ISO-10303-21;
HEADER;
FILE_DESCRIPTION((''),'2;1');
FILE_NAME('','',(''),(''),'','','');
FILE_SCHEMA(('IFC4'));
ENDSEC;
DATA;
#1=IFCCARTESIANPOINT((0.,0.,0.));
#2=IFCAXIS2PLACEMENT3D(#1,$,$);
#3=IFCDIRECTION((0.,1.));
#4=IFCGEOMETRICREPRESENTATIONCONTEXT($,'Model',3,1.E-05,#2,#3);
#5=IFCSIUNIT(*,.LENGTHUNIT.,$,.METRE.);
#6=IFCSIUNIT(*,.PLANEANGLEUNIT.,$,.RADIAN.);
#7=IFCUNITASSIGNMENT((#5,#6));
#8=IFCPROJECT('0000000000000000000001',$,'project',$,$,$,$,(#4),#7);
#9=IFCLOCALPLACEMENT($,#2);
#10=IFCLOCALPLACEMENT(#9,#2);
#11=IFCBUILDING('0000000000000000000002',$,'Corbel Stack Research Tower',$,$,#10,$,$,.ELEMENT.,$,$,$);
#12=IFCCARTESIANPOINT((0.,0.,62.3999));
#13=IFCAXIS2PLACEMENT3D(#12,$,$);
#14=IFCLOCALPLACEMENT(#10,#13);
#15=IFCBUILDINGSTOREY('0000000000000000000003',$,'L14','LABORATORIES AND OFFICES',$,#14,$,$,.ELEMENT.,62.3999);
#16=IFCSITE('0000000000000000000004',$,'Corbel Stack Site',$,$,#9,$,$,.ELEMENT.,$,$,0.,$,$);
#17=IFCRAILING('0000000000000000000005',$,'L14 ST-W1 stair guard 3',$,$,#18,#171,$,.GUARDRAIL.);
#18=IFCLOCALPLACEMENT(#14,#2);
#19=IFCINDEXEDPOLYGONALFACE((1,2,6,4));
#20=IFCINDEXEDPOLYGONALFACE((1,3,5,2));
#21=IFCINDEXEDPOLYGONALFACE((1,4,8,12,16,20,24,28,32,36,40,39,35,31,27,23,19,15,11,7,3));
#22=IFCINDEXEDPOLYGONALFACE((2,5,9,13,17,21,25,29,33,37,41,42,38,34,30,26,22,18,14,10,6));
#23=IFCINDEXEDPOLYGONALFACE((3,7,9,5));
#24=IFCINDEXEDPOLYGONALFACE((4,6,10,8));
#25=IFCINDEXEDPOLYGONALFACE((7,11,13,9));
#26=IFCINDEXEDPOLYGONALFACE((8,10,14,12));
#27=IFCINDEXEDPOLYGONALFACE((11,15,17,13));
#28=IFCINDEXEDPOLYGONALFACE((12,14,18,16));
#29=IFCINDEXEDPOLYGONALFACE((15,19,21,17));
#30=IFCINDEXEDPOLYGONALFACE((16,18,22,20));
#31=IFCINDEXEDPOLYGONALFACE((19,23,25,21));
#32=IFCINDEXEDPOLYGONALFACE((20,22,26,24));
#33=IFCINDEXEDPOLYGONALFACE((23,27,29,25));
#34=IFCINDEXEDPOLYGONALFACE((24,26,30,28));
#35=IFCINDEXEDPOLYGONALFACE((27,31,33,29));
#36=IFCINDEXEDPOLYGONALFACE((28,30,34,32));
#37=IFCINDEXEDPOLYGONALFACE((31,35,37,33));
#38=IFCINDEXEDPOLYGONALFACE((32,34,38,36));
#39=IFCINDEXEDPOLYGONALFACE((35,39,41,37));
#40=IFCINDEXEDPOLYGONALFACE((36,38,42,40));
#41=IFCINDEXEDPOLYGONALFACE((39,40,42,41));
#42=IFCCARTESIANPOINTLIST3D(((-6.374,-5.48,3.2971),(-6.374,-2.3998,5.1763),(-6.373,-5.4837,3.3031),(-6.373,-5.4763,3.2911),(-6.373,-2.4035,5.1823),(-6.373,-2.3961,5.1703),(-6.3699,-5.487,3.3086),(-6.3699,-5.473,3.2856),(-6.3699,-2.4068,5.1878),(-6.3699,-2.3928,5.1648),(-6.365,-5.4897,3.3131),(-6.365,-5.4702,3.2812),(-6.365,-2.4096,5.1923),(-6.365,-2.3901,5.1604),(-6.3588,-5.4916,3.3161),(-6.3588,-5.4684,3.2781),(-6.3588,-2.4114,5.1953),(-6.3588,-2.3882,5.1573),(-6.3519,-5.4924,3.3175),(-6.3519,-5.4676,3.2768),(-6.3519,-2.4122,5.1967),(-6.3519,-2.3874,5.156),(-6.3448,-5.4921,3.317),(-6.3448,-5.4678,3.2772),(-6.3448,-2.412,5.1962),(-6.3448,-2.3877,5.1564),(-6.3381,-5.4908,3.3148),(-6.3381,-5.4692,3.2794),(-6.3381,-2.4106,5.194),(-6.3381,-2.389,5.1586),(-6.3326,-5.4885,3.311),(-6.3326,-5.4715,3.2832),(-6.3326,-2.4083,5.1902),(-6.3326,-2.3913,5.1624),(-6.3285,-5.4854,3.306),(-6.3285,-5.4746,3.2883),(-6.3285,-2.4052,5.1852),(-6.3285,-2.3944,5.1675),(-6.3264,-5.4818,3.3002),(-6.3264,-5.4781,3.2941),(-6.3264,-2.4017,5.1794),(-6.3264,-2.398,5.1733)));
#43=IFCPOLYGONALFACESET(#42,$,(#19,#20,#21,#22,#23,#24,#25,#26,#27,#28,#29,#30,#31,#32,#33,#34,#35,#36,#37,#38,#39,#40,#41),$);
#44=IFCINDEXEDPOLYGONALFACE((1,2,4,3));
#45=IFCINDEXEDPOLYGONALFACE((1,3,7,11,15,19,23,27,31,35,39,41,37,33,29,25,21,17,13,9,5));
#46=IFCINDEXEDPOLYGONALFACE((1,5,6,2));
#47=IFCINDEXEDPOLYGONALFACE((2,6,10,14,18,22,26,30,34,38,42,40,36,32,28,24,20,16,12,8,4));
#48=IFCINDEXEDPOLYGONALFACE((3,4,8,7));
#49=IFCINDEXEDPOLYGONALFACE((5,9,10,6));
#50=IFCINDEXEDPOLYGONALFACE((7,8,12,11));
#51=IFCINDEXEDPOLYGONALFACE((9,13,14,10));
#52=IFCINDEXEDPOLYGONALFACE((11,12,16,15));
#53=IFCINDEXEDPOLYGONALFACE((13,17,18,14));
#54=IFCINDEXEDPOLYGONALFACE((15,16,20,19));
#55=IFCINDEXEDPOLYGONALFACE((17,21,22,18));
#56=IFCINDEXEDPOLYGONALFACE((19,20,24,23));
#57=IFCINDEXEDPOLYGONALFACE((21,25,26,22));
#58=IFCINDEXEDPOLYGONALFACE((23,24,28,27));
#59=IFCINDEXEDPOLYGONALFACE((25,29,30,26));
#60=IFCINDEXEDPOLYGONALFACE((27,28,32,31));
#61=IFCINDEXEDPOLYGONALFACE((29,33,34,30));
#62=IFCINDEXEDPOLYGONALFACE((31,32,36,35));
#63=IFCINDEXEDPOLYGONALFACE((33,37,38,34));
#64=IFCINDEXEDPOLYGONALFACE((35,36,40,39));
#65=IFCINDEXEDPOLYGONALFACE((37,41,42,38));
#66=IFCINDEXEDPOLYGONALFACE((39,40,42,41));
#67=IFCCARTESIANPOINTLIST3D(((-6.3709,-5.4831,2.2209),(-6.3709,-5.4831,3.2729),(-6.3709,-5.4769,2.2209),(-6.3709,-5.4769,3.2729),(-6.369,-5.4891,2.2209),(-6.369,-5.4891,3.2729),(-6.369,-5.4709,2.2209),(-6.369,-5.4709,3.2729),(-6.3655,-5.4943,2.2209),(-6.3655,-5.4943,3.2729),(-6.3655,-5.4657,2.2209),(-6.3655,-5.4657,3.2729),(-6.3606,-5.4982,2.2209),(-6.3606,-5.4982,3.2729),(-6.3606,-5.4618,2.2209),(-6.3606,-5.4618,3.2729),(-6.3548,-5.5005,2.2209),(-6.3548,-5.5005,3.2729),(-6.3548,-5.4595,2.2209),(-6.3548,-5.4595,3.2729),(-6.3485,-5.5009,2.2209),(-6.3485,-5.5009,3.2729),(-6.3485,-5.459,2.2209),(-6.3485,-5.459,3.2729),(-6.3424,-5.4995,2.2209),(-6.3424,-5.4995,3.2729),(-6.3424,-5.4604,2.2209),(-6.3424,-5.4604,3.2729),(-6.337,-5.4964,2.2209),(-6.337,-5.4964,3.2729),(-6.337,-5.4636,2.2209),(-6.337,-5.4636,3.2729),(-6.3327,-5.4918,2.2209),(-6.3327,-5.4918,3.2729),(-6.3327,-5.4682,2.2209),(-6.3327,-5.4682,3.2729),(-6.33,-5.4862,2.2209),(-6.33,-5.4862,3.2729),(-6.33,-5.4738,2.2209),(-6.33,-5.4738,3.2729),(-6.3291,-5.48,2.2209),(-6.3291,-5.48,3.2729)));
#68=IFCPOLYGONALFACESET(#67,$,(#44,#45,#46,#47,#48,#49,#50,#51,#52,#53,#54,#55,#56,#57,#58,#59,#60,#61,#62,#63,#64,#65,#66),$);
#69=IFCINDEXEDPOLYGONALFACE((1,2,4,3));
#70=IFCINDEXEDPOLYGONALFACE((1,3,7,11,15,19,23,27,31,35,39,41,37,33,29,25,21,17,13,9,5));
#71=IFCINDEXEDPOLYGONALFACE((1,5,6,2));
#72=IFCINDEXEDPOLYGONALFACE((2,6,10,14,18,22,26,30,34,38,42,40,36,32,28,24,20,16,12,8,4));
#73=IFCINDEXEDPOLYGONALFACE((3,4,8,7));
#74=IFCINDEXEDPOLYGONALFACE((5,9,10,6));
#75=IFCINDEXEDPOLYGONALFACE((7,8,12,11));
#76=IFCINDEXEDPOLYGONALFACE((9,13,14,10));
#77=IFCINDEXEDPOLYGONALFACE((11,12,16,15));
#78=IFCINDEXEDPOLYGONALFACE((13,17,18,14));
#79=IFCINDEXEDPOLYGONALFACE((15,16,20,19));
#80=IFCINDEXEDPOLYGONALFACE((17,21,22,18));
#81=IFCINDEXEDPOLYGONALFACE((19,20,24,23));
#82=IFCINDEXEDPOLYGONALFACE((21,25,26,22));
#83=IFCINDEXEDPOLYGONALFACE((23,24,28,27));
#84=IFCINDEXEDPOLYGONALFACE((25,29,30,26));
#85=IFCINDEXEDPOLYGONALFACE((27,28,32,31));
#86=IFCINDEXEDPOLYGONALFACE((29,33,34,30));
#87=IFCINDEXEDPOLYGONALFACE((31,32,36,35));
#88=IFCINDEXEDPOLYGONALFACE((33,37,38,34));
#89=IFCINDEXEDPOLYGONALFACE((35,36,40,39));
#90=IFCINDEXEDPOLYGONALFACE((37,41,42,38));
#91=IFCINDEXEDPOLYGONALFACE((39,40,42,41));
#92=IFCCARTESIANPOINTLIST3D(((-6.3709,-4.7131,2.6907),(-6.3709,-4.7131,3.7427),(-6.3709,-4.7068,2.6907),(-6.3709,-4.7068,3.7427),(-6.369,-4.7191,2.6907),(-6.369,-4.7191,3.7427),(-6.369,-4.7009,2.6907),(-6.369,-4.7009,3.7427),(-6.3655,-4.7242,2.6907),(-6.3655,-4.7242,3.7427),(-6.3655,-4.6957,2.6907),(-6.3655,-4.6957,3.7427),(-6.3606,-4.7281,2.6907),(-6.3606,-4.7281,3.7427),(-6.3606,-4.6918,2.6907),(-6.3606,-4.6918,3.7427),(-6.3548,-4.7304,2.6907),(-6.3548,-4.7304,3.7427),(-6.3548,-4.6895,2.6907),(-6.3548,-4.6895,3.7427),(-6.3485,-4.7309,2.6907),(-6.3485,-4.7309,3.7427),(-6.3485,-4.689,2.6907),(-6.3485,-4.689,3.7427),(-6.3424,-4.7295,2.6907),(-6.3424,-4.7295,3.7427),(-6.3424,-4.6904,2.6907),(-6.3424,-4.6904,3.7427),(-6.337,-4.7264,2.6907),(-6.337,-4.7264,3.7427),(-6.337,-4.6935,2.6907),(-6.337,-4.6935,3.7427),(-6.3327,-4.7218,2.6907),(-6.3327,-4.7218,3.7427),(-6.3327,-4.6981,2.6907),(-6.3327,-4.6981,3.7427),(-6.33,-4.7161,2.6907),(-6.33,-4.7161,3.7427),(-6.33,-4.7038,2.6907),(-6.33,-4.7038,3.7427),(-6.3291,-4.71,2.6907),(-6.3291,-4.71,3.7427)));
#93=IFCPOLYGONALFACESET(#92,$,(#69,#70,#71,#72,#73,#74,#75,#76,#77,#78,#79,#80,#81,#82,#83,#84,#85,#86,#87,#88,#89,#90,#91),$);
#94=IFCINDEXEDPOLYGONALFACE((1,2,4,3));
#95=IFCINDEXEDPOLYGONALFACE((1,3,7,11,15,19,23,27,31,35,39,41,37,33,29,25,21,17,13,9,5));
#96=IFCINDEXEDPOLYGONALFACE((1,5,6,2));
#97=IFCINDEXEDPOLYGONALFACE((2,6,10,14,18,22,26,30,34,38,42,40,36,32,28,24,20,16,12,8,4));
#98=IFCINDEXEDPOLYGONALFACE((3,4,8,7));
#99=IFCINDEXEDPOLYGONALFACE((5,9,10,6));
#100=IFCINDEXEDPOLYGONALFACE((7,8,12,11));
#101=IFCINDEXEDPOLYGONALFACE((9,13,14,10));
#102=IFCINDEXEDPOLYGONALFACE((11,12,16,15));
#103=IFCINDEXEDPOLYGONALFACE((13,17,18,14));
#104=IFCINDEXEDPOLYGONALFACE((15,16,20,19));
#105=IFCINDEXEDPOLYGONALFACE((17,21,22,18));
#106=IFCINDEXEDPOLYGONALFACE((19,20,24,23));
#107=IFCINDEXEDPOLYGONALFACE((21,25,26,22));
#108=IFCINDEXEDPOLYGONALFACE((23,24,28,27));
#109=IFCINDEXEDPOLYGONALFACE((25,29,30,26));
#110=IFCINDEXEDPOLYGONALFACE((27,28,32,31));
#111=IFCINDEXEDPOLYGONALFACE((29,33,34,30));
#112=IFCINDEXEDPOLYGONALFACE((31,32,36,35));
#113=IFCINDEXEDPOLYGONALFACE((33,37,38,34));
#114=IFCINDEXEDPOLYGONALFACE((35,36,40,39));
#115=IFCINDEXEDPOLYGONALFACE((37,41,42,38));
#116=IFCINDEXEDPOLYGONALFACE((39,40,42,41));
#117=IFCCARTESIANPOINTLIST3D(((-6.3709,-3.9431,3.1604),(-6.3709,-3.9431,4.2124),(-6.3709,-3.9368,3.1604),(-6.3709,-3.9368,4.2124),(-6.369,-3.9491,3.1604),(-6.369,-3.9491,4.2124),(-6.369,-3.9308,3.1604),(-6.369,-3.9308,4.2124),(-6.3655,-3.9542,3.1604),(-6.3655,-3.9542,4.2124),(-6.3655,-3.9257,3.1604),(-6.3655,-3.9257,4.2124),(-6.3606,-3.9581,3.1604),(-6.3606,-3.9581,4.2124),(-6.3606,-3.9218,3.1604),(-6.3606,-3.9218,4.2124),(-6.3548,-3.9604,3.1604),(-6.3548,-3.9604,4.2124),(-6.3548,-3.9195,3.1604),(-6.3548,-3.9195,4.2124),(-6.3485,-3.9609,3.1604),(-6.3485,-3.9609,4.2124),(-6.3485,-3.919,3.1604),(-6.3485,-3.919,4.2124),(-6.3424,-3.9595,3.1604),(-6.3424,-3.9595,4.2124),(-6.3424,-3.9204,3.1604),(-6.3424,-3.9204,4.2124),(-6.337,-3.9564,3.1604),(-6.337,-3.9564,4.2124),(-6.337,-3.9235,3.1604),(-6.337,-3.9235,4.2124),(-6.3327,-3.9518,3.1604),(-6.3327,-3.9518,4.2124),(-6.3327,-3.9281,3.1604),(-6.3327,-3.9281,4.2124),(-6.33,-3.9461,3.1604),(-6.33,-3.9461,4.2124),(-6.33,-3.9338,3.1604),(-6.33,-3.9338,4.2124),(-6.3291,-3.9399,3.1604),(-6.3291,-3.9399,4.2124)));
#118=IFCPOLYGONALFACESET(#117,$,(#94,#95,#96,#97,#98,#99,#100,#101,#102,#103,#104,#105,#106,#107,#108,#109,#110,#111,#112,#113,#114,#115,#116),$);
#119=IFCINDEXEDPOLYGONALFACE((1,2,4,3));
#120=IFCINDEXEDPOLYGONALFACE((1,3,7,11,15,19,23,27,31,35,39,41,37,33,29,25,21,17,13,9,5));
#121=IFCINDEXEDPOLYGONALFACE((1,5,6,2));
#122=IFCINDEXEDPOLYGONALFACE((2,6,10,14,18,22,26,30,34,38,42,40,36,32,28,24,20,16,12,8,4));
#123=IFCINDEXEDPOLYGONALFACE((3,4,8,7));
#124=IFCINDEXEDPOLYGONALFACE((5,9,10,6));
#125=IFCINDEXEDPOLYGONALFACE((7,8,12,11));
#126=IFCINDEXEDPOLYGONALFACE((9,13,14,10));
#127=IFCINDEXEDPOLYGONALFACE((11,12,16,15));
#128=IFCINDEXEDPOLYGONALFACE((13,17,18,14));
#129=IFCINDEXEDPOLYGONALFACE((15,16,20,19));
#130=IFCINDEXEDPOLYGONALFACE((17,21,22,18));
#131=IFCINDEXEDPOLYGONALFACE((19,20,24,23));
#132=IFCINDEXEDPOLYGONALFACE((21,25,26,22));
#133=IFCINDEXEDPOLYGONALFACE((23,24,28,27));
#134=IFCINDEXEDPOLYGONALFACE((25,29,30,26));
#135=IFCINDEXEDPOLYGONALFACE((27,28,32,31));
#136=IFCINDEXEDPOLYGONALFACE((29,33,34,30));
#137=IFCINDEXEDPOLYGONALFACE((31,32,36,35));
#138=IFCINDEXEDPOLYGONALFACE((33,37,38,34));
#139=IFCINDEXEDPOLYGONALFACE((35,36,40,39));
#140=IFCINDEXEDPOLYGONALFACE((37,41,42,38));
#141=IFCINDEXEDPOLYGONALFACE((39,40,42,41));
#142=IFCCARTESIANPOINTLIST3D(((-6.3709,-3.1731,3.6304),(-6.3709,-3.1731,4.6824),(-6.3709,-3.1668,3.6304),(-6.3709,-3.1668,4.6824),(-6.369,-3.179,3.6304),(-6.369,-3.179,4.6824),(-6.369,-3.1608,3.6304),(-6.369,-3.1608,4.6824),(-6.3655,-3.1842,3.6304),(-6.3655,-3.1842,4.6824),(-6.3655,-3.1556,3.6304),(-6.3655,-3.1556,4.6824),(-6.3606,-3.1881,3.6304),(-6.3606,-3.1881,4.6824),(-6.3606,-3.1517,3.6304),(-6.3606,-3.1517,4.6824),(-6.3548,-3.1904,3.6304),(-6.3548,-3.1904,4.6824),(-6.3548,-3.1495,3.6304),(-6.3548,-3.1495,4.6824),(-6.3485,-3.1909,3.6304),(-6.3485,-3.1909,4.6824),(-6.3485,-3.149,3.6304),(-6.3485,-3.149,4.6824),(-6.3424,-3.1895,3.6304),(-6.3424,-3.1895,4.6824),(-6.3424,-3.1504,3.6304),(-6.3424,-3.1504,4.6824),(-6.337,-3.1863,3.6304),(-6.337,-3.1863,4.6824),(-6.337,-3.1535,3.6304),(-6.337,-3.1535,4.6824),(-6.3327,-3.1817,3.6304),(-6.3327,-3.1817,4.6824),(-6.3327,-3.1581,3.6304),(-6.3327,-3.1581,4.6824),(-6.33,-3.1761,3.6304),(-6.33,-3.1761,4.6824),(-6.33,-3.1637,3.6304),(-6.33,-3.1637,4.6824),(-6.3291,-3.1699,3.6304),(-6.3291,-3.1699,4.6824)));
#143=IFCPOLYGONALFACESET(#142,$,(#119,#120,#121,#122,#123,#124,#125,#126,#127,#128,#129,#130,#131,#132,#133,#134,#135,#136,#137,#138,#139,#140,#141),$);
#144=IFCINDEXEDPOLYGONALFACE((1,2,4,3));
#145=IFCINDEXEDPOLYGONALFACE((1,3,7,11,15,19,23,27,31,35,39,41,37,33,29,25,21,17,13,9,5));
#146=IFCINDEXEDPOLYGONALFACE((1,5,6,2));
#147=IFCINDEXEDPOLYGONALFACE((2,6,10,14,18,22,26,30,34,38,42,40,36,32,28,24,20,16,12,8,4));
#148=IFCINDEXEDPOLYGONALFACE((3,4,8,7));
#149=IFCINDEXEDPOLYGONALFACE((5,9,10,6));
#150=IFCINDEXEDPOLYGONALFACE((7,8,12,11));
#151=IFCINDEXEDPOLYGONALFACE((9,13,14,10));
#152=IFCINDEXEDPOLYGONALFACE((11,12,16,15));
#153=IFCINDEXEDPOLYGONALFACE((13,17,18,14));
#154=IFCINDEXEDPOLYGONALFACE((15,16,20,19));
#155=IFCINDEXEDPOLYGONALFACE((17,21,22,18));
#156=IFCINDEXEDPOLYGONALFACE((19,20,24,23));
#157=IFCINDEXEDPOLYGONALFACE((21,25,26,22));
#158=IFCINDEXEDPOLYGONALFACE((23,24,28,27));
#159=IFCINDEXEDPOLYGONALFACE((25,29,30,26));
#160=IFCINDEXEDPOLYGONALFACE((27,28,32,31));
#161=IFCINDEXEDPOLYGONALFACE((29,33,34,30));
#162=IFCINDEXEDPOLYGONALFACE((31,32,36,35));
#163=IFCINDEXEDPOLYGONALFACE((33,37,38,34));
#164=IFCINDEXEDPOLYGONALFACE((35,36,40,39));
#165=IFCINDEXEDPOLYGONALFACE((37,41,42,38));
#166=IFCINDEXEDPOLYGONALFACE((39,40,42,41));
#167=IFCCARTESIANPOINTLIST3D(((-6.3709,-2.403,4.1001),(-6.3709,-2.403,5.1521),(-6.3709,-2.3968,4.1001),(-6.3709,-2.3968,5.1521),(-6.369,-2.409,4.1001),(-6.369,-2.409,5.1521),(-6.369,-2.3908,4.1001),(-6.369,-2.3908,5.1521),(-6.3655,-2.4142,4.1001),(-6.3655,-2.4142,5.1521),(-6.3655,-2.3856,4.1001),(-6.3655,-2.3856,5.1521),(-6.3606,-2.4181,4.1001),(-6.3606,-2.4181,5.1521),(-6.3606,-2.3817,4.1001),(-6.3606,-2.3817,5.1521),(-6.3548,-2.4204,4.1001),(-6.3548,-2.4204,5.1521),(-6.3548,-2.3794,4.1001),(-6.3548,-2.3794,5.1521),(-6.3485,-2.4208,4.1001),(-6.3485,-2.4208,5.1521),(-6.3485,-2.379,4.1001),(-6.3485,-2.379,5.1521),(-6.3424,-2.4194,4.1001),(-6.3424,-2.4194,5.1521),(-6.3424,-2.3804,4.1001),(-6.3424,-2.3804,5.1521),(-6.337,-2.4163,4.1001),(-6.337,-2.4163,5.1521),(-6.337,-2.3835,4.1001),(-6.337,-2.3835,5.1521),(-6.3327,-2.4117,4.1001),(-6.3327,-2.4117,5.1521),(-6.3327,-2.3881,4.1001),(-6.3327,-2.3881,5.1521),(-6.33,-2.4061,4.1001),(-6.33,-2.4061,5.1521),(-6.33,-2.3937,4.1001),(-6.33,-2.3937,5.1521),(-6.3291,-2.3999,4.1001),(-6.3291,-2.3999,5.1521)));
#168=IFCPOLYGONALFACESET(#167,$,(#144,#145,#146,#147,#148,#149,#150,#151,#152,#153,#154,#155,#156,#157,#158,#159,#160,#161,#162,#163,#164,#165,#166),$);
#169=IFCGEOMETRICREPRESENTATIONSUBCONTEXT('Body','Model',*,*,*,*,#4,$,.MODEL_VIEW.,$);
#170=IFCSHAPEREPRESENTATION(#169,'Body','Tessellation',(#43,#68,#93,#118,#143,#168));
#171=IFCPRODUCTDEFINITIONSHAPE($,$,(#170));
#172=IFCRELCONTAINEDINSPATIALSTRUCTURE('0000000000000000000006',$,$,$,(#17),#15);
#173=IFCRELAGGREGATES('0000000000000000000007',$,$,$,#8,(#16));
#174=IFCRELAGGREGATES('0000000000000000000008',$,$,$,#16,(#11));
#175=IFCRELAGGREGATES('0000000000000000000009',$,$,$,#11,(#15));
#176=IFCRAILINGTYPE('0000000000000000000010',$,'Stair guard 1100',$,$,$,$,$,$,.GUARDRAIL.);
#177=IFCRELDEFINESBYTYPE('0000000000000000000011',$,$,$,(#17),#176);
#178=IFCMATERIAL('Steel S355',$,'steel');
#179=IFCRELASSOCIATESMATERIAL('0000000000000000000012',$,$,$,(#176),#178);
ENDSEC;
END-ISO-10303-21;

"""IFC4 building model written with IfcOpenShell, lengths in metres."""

from ifc_helpers import new_model, si_unit, direction, frame, origin, origin_2d, place, context, subcontext, project, spatial, circle, extrude, material, type_object, element, save


model = new_model("IFC4")

# Units and contexts
model_context = context("Model", 3, precision=1e-05, world=origin(), true_north=direction((0.0, 1.0)))
body_context = subcontext(model_context, "Body", "Model", "MODEL_VIEW")
ifc_project = project(units=[si_unit("LENGTHUNIT", "METRE"), si_unit("PLANEANGLEUNIT", "RADIAN")], contexts=[model_context])

# Site, building, storey
site_placement = place(None, origin())
site = spatial("IfcSite", under=ifc_project, at=site_placement, Name="Corbel Stack Site", CompositionType="ELEMENT", RefElevation=0.0)
building_placement = place(site_placement, origin())
building = spatial("IfcBuilding", under=site, at=building_placement, Name="Corbel Stack Research Tower", CompositionType="ELEMENT")
storey_placement = place(building_placement, frame((0.0, 0.0, 62.3999)))
storey = spatial("IfcBuildingStorey", under=building, at=storey_placement, Name="L14", Description="LABORATORIES AND OFFICES", CompositionType="ELEMENT", Elevation=62.3999)

# Railing
ifc_material_1 = material(Name="Steel S355", Category="steel")
railing_type_1 = type_object("IfcRailingType", Name="Stair guard 1100", PredefinedType="GUARDRAIL", material=ifc_material_1)
railing_1_placement = place(storey_placement, frame((-6.3501, -5.48, 2.2209)))
element("IfcRailing", 1, at=railing_1_placement, inside=storey, type_object=railing_type_1, Name="L14 ST-W1 stair guard 3", PredefinedType="GUARDRAIL", context=body_context, shape_type="SweptSolid", body=[
    extrude(circle(Radius=0.0239, at=origin_2d()), frame((0.0, 0.0, 1.0762), z_axis=(0.0, 0.853666, 0.52082), x_axis=(-1.0, 0.0, 0.0)), (0.0, 0.0, 1.0), 3.6082),
    extrude(circle(Radius=0.021, at=origin_2d()), origin(), (0.0, 0.0, 1.0), 1.052),
    extrude(circle(Radius=0.021, at=origin_2d()), frame((0.0, 0.77, 0.4697)), (0.0, 0.0, 1.0), 1.052),
    extrude(circle(Radius=0.021, at=origin_2d()), frame((0.0, 1.54, 0.9395)), (0.0, 0.0, 1.0), 1.052),
    extrude(circle(Radius=0.021, at=origin_2d()), frame((0.0, 2.3101, 1.4094)), (0.0, 0.0, 1.0), 1.052),
    extrude(circle(Radius=0.021, at=origin_2d()), frame((0.0, 3.0801, 1.8792)), (0.0, 0.0, 1.0), 1.052),
])

save(model, "model.ifc")
